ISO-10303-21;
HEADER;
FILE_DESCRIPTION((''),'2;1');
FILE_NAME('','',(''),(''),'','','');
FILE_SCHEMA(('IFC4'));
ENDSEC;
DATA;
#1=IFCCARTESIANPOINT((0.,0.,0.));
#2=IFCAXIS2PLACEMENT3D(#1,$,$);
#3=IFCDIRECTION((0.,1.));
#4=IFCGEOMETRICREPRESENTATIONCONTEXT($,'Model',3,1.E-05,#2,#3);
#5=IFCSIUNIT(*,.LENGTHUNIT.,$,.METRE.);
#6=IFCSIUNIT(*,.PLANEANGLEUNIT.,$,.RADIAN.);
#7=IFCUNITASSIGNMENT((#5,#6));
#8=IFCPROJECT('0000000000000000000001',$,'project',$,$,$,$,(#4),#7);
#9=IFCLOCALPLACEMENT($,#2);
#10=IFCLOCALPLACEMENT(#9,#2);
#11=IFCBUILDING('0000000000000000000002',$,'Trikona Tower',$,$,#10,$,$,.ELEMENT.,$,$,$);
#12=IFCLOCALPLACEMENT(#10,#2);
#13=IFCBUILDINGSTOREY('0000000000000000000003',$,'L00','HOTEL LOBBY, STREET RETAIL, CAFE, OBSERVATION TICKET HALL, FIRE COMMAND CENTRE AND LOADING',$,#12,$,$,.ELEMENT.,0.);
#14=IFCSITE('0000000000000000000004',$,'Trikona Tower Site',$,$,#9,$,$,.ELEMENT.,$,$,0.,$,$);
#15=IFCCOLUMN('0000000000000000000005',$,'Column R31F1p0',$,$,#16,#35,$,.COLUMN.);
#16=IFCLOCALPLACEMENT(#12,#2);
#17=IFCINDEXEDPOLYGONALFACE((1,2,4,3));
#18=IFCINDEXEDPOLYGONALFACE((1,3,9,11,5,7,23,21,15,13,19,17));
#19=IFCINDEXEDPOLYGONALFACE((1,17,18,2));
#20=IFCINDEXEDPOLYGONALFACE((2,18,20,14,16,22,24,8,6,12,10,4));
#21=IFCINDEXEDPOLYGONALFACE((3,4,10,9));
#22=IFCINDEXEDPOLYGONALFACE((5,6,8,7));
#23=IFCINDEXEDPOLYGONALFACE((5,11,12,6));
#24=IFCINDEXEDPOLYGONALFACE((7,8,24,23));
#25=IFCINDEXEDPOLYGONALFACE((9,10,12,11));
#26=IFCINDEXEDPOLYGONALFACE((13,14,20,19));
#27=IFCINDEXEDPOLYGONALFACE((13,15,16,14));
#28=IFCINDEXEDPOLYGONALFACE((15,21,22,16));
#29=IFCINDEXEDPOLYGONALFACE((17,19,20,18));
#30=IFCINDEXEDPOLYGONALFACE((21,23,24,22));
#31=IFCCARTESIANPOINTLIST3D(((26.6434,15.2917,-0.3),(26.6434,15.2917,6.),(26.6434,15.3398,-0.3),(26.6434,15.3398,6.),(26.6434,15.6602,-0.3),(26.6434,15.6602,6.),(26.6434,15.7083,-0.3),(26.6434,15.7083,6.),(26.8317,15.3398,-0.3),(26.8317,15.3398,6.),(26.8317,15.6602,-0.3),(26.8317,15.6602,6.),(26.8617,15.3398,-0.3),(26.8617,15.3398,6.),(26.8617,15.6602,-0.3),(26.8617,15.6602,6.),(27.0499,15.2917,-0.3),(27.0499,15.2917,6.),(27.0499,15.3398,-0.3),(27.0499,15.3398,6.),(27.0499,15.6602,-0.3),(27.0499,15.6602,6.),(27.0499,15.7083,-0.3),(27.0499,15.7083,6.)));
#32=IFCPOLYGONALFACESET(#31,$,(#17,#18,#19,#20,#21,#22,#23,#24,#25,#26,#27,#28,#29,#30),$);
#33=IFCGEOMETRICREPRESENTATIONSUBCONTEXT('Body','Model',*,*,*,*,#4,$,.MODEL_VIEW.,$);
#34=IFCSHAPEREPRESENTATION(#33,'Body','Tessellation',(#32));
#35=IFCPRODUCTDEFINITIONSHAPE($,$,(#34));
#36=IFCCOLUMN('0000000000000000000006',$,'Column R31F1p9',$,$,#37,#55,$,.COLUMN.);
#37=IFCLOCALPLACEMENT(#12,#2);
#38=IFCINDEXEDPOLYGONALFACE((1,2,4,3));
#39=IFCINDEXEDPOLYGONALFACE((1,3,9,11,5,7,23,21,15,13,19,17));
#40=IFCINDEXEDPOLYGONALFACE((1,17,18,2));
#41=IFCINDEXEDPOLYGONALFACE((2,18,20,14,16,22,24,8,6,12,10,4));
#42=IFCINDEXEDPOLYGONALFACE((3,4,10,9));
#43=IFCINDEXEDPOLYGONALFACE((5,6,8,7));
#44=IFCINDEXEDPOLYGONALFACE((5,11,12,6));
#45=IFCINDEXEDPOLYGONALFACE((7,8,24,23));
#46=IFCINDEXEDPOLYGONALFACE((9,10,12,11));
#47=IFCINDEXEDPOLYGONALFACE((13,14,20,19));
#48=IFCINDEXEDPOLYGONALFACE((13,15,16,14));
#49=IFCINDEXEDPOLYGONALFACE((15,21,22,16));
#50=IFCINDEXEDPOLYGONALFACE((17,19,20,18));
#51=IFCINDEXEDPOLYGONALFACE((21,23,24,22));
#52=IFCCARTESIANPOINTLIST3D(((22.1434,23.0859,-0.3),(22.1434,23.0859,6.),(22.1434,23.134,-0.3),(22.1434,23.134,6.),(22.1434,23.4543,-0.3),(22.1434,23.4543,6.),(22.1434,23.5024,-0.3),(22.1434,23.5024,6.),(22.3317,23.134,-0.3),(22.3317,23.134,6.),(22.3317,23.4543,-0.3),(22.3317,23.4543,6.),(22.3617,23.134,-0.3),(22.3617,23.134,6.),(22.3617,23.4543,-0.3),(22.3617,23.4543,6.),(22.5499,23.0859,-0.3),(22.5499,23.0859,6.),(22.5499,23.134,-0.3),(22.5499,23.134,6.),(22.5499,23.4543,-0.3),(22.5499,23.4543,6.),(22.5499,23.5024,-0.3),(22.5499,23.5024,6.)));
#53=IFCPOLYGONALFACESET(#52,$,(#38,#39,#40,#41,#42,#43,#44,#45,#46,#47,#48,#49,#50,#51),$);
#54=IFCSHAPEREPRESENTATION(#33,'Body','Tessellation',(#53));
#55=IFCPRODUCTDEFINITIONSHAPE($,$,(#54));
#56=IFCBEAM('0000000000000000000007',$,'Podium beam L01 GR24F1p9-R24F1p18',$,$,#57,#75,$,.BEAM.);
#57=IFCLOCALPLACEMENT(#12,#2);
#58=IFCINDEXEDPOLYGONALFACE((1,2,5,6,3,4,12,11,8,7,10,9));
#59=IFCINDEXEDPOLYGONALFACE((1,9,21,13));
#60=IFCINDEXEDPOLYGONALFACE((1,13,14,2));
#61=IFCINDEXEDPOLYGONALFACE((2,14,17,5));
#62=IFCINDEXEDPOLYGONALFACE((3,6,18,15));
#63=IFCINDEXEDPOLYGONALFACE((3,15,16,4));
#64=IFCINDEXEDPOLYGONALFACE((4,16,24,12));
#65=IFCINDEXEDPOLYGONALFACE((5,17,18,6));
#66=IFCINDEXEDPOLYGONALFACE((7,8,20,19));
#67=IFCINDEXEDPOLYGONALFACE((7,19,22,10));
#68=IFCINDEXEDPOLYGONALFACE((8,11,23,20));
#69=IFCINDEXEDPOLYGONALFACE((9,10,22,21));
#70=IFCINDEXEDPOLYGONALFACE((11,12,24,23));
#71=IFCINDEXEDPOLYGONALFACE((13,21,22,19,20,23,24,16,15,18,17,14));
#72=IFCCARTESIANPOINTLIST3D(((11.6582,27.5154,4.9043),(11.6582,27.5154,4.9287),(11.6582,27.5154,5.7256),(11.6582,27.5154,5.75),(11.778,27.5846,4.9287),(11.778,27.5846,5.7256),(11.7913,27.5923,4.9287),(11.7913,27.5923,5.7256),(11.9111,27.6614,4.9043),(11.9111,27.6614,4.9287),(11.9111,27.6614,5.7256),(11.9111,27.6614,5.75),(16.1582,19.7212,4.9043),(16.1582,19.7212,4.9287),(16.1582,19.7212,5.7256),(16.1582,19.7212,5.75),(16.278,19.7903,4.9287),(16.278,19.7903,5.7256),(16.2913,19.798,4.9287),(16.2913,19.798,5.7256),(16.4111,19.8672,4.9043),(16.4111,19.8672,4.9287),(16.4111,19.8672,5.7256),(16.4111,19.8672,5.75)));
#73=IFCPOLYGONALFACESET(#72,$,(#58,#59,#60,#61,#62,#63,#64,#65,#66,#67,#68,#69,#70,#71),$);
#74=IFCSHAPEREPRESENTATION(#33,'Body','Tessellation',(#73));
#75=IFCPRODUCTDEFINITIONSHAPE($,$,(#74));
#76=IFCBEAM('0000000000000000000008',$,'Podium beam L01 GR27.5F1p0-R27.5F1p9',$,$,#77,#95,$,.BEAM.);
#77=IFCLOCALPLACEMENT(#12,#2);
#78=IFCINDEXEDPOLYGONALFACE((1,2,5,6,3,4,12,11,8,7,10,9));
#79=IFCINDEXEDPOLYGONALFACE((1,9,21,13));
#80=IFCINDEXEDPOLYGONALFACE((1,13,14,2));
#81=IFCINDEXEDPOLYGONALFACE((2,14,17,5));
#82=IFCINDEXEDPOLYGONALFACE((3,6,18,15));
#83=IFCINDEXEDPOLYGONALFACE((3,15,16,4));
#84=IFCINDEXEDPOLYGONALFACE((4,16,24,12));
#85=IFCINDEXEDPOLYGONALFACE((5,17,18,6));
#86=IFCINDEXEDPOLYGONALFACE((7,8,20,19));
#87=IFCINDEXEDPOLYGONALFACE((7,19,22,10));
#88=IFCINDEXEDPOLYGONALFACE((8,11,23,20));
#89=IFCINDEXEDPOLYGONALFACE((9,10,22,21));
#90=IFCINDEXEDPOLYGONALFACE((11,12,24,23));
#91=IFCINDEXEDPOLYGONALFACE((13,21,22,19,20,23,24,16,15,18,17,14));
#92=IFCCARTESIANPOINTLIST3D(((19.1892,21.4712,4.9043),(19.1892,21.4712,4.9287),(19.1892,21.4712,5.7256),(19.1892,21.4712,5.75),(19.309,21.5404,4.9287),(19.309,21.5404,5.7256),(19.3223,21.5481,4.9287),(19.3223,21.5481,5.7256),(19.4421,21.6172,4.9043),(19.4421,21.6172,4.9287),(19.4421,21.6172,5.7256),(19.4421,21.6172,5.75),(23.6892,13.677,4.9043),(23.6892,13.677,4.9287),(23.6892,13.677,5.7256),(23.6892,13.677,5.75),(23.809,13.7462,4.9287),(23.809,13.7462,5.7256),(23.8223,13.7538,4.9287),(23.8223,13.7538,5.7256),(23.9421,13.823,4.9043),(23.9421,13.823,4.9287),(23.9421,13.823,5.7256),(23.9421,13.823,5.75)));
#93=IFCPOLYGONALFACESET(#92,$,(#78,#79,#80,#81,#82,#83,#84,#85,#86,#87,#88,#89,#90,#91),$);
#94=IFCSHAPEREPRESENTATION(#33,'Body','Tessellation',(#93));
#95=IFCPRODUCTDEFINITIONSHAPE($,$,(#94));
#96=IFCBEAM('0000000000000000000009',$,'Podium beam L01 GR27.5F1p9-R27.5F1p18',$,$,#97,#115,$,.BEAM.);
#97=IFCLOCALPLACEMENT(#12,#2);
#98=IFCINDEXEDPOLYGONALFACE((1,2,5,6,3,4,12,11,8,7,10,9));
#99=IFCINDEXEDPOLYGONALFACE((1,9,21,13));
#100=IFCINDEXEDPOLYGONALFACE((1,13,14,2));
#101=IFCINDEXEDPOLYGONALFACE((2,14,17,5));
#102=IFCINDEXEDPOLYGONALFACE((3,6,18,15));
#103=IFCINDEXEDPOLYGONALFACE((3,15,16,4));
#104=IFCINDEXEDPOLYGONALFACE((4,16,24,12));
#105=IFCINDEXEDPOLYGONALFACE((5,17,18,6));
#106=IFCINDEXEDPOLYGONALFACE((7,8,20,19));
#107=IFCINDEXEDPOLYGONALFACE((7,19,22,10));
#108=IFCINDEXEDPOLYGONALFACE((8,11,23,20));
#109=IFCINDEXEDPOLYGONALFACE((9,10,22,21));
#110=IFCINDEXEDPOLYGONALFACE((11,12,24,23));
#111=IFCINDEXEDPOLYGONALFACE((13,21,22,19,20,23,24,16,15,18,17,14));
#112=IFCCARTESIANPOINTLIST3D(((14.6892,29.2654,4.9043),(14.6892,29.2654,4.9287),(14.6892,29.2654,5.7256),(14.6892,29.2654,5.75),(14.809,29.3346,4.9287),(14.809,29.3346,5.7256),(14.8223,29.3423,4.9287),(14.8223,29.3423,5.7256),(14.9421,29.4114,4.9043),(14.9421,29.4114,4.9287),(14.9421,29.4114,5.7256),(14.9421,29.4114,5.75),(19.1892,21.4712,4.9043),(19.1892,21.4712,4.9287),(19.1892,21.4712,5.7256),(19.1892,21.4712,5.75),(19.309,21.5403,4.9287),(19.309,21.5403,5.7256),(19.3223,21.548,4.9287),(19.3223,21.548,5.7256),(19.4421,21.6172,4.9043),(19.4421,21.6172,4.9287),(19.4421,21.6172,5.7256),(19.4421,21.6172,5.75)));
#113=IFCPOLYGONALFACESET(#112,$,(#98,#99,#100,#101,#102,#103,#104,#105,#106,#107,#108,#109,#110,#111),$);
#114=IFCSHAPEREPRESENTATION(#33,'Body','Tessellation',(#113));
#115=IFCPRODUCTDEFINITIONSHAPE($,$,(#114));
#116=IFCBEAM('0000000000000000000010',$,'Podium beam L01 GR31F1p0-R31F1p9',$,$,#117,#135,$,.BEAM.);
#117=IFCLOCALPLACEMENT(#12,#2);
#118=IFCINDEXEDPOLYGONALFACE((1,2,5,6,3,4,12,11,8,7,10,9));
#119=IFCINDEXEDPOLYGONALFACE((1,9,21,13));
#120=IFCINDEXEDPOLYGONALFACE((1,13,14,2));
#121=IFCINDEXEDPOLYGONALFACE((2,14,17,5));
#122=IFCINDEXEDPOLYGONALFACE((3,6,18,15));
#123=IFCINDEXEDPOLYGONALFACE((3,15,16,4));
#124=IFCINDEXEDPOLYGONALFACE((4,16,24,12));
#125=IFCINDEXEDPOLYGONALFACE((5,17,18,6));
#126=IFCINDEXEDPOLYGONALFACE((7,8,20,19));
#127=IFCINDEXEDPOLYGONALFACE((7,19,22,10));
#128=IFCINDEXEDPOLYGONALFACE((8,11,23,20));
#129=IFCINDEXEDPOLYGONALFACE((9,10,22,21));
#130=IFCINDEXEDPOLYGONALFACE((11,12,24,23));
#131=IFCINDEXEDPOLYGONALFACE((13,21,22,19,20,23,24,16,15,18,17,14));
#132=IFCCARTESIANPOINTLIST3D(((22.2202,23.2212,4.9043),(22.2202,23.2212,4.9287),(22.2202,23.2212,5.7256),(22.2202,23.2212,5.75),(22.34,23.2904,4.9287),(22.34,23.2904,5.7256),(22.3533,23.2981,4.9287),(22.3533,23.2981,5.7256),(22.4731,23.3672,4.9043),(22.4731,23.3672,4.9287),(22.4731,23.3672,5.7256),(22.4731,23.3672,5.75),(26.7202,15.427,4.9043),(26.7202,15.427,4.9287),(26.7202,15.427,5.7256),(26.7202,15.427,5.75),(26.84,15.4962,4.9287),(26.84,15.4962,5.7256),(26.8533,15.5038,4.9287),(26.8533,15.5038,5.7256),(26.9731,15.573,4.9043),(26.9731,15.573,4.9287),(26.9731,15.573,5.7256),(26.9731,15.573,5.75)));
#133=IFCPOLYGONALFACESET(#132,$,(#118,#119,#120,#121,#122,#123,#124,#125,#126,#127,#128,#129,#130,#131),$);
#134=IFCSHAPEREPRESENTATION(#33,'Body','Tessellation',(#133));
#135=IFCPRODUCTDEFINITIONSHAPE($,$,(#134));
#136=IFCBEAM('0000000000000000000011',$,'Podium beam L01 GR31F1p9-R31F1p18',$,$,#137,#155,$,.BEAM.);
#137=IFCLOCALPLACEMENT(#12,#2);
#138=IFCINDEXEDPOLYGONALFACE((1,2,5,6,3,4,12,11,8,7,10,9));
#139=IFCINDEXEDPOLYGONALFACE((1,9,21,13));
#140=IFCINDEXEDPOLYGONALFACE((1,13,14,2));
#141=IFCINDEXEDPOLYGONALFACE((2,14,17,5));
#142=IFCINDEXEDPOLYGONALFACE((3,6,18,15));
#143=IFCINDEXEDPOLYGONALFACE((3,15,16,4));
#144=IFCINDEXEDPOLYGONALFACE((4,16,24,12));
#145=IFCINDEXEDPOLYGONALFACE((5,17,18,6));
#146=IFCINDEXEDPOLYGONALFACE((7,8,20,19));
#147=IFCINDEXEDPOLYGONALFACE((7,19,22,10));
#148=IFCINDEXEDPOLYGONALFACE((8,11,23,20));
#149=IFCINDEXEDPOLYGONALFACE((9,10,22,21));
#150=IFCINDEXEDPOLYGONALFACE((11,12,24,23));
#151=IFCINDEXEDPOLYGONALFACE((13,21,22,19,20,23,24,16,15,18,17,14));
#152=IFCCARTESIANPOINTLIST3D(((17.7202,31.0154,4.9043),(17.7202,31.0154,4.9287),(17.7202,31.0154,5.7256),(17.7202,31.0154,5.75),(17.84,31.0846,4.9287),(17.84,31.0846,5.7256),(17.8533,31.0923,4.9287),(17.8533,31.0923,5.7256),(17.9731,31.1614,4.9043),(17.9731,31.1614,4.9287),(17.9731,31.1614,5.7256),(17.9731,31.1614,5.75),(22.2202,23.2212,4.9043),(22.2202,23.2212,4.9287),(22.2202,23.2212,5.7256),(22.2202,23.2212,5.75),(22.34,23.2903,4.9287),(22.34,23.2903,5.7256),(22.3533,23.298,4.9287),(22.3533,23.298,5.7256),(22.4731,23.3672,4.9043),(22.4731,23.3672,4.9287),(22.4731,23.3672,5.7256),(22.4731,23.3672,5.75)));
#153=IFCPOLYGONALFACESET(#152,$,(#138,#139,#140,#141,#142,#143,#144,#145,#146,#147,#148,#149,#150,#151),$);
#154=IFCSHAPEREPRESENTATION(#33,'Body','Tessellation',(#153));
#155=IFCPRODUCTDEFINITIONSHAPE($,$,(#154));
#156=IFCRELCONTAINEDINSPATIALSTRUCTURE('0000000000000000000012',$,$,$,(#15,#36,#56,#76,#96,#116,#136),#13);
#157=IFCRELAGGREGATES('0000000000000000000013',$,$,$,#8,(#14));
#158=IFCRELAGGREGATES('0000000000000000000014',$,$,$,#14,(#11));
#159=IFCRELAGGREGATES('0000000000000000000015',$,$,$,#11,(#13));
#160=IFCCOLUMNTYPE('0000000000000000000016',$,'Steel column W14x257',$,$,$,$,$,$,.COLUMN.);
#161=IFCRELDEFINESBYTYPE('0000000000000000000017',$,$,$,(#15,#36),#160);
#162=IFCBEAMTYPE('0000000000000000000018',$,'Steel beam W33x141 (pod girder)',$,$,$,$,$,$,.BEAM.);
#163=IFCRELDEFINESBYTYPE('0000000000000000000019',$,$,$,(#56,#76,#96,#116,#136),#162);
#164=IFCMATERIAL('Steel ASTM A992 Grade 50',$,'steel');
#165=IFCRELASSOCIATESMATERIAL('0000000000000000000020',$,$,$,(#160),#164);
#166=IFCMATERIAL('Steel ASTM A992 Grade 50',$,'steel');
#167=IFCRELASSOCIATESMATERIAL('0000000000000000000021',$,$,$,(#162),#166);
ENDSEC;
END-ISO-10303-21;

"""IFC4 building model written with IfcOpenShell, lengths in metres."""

from ifc_helpers import new_model, si_unit, direction, frame, origin, origin_2d, place, context, subcontext, project, spatial, i_section, extrude, material, material_profile, profile_set, type_object, element, save


model = new_model("IFC4")

# Units and contexts
model_context = context("Model", 3, precision=1e-05, world=origin(), true_north=direction((0.0, 1.0)))
body_context = subcontext(model_context, "Body", "Model", "MODEL_VIEW")
ifc_project = project(units=[si_unit("LENGTHUNIT", "METRE"), si_unit("PLANEANGLEUNIT", "RADIAN")], contexts=[model_context])

# Site, building, storey
site_placement = place(None, origin())
site = spatial("IfcSite", under=ifc_project, at=site_placement, Name="Trikona Tower Site", CompositionType="ELEMENT", RefElevation=0.0)
building_placement = place(site_placement, origin())
building = spatial("IfcBuilding", under=site, at=building_placement, Name="Trikona Tower", CompositionType="ELEMENT")
storey_placement = place(building_placement, origin())
storey = spatial("IfcBuildingStorey", under=building, at=storey_placement, Name="L00", Description="HOTEL LOBBY, STREET RETAIL, CAFE, OBSERVATION TICKET HALL, FIRE COMMAND CENTRE AND LOADING", CompositionType="ELEMENT", Elevation=0.0)

# Columns
ifc_material_1 = material(Name="Steel ASTM A992 Grade 50", Category="steel")
ifc_material_profile_1 = material_profile(ifc_material_1, i_section(OverallWidth=0.4065, OverallDepth=0.4165, WebThickness=0.03, FlangeThickness=0.0481, at=origin_2d()), Name="W14X257")
ifc_profile_set_1 = profile_set([ifc_material_profile_1], Name="Steel ASTM A992 Grade 50")
column_type = type_object("IfcColumnType", Name="Steel column W14x257", PredefinedType="COLUMN", material=ifc_profile_set_1)
for number, where, z_axis, x_axis, name in (
    (1, (26.8467, 15.5, -0.3), (0.0, 0.0, 1.0), (1.0, 0.0, 0.0), "Column R31F1p0"),
    (2, (22.3467, 23.2942, -0.3), (0.0, 0.0, 1.0), (1.0, 0.0, 0.0), "Column R31F1p9"),
):
    element("IfcColumn", number, at=place(storey_placement, frame(where, z_axis=z_axis, x_axis=x_axis)), inside=storey, type_object=column_type, Name=name, PredefinedType="COLUMN", context=body_context, shape_type="SweptSolid", body=[
        extrude(i_section(OverallWidth=0.4065, OverallDepth=0.4165, WebThickness=0.03, FlangeThickness=0.0481, at=origin_2d()), origin(), (0.0, 0.0, 1.0), 6.3),
    ])

# Beams
ifc_material_2 = material(Name="Steel ASTM A992 Grade 50", Category="steel")
ifc_material_profile_2 = material_profile(ifc_material_2, i_section(OverallWidth=0.292, OverallDepth=0.8457, WebThickness=0.0154, FlangeThickness=0.0244, at=origin_2d()), Name="W33X141")
ifc_profile_set_2 = profile_set([ifc_material_profile_2], Name="Steel ASTM A992 Grade 50")
beam_type = type_object("IfcBeamType", Name="Steel beam W33x141 (pod girder)", PredefinedType="BEAM", material=ifc_profile_set_2)
for number, where, z_axis, x_axis, name in (
    (3, (16.2847, 19.7942, 5.3271), (-0.500002, 0.866024, 0.0), (-0.866024, -0.500002, 0.0), "Podium beam L01 GR24F1p9-R24F1p18"),
    (4, (23.8157, 13.75, 5.3271), (-0.500002, 0.866024, 0.0), (-0.866024, -0.500002, 0.0), "Podium beam L01 GR27.5F1p0-R27.5F1p9"),
    (5, (19.3157, 21.5442, 5.3271), (-0.500002, 0.866024, 0.0), (-0.866024, -0.500002, 0.0), "Podium beam L01 GR27.5F1p9-R27.5F1p18"),
    (6, (26.8467, 15.5, 5.3271), (-0.500002, 0.866024, 0.0), (-0.866024, -0.500002, 0.0), "Podium beam L01 GR31F1p0-R31F1p9"),
    (7, (22.3467, 23.2942, 5.3271), (-0.500002, 0.866024, 0.0), (-0.866024, -0.500002, 0.0), "Podium beam L01 GR31F1p9-R31F1p18"),
):
    element("IfcBeam", number, at=place(storey_placement, frame(where, z_axis=z_axis, x_axis=x_axis)), inside=storey, type_object=beam_type, Name=name, PredefinedType="BEAM", context=body_context, shape_type="SweptSolid", body=[
        extrude(i_section(OverallWidth=0.292, OverallDepth=0.8457, WebThickness=0.0154, FlangeThickness=0.0244, at=origin_2d()), origin(), (0.0, 0.0, 1.0), 9.0),
    ])

save(model, "model.ifc")
